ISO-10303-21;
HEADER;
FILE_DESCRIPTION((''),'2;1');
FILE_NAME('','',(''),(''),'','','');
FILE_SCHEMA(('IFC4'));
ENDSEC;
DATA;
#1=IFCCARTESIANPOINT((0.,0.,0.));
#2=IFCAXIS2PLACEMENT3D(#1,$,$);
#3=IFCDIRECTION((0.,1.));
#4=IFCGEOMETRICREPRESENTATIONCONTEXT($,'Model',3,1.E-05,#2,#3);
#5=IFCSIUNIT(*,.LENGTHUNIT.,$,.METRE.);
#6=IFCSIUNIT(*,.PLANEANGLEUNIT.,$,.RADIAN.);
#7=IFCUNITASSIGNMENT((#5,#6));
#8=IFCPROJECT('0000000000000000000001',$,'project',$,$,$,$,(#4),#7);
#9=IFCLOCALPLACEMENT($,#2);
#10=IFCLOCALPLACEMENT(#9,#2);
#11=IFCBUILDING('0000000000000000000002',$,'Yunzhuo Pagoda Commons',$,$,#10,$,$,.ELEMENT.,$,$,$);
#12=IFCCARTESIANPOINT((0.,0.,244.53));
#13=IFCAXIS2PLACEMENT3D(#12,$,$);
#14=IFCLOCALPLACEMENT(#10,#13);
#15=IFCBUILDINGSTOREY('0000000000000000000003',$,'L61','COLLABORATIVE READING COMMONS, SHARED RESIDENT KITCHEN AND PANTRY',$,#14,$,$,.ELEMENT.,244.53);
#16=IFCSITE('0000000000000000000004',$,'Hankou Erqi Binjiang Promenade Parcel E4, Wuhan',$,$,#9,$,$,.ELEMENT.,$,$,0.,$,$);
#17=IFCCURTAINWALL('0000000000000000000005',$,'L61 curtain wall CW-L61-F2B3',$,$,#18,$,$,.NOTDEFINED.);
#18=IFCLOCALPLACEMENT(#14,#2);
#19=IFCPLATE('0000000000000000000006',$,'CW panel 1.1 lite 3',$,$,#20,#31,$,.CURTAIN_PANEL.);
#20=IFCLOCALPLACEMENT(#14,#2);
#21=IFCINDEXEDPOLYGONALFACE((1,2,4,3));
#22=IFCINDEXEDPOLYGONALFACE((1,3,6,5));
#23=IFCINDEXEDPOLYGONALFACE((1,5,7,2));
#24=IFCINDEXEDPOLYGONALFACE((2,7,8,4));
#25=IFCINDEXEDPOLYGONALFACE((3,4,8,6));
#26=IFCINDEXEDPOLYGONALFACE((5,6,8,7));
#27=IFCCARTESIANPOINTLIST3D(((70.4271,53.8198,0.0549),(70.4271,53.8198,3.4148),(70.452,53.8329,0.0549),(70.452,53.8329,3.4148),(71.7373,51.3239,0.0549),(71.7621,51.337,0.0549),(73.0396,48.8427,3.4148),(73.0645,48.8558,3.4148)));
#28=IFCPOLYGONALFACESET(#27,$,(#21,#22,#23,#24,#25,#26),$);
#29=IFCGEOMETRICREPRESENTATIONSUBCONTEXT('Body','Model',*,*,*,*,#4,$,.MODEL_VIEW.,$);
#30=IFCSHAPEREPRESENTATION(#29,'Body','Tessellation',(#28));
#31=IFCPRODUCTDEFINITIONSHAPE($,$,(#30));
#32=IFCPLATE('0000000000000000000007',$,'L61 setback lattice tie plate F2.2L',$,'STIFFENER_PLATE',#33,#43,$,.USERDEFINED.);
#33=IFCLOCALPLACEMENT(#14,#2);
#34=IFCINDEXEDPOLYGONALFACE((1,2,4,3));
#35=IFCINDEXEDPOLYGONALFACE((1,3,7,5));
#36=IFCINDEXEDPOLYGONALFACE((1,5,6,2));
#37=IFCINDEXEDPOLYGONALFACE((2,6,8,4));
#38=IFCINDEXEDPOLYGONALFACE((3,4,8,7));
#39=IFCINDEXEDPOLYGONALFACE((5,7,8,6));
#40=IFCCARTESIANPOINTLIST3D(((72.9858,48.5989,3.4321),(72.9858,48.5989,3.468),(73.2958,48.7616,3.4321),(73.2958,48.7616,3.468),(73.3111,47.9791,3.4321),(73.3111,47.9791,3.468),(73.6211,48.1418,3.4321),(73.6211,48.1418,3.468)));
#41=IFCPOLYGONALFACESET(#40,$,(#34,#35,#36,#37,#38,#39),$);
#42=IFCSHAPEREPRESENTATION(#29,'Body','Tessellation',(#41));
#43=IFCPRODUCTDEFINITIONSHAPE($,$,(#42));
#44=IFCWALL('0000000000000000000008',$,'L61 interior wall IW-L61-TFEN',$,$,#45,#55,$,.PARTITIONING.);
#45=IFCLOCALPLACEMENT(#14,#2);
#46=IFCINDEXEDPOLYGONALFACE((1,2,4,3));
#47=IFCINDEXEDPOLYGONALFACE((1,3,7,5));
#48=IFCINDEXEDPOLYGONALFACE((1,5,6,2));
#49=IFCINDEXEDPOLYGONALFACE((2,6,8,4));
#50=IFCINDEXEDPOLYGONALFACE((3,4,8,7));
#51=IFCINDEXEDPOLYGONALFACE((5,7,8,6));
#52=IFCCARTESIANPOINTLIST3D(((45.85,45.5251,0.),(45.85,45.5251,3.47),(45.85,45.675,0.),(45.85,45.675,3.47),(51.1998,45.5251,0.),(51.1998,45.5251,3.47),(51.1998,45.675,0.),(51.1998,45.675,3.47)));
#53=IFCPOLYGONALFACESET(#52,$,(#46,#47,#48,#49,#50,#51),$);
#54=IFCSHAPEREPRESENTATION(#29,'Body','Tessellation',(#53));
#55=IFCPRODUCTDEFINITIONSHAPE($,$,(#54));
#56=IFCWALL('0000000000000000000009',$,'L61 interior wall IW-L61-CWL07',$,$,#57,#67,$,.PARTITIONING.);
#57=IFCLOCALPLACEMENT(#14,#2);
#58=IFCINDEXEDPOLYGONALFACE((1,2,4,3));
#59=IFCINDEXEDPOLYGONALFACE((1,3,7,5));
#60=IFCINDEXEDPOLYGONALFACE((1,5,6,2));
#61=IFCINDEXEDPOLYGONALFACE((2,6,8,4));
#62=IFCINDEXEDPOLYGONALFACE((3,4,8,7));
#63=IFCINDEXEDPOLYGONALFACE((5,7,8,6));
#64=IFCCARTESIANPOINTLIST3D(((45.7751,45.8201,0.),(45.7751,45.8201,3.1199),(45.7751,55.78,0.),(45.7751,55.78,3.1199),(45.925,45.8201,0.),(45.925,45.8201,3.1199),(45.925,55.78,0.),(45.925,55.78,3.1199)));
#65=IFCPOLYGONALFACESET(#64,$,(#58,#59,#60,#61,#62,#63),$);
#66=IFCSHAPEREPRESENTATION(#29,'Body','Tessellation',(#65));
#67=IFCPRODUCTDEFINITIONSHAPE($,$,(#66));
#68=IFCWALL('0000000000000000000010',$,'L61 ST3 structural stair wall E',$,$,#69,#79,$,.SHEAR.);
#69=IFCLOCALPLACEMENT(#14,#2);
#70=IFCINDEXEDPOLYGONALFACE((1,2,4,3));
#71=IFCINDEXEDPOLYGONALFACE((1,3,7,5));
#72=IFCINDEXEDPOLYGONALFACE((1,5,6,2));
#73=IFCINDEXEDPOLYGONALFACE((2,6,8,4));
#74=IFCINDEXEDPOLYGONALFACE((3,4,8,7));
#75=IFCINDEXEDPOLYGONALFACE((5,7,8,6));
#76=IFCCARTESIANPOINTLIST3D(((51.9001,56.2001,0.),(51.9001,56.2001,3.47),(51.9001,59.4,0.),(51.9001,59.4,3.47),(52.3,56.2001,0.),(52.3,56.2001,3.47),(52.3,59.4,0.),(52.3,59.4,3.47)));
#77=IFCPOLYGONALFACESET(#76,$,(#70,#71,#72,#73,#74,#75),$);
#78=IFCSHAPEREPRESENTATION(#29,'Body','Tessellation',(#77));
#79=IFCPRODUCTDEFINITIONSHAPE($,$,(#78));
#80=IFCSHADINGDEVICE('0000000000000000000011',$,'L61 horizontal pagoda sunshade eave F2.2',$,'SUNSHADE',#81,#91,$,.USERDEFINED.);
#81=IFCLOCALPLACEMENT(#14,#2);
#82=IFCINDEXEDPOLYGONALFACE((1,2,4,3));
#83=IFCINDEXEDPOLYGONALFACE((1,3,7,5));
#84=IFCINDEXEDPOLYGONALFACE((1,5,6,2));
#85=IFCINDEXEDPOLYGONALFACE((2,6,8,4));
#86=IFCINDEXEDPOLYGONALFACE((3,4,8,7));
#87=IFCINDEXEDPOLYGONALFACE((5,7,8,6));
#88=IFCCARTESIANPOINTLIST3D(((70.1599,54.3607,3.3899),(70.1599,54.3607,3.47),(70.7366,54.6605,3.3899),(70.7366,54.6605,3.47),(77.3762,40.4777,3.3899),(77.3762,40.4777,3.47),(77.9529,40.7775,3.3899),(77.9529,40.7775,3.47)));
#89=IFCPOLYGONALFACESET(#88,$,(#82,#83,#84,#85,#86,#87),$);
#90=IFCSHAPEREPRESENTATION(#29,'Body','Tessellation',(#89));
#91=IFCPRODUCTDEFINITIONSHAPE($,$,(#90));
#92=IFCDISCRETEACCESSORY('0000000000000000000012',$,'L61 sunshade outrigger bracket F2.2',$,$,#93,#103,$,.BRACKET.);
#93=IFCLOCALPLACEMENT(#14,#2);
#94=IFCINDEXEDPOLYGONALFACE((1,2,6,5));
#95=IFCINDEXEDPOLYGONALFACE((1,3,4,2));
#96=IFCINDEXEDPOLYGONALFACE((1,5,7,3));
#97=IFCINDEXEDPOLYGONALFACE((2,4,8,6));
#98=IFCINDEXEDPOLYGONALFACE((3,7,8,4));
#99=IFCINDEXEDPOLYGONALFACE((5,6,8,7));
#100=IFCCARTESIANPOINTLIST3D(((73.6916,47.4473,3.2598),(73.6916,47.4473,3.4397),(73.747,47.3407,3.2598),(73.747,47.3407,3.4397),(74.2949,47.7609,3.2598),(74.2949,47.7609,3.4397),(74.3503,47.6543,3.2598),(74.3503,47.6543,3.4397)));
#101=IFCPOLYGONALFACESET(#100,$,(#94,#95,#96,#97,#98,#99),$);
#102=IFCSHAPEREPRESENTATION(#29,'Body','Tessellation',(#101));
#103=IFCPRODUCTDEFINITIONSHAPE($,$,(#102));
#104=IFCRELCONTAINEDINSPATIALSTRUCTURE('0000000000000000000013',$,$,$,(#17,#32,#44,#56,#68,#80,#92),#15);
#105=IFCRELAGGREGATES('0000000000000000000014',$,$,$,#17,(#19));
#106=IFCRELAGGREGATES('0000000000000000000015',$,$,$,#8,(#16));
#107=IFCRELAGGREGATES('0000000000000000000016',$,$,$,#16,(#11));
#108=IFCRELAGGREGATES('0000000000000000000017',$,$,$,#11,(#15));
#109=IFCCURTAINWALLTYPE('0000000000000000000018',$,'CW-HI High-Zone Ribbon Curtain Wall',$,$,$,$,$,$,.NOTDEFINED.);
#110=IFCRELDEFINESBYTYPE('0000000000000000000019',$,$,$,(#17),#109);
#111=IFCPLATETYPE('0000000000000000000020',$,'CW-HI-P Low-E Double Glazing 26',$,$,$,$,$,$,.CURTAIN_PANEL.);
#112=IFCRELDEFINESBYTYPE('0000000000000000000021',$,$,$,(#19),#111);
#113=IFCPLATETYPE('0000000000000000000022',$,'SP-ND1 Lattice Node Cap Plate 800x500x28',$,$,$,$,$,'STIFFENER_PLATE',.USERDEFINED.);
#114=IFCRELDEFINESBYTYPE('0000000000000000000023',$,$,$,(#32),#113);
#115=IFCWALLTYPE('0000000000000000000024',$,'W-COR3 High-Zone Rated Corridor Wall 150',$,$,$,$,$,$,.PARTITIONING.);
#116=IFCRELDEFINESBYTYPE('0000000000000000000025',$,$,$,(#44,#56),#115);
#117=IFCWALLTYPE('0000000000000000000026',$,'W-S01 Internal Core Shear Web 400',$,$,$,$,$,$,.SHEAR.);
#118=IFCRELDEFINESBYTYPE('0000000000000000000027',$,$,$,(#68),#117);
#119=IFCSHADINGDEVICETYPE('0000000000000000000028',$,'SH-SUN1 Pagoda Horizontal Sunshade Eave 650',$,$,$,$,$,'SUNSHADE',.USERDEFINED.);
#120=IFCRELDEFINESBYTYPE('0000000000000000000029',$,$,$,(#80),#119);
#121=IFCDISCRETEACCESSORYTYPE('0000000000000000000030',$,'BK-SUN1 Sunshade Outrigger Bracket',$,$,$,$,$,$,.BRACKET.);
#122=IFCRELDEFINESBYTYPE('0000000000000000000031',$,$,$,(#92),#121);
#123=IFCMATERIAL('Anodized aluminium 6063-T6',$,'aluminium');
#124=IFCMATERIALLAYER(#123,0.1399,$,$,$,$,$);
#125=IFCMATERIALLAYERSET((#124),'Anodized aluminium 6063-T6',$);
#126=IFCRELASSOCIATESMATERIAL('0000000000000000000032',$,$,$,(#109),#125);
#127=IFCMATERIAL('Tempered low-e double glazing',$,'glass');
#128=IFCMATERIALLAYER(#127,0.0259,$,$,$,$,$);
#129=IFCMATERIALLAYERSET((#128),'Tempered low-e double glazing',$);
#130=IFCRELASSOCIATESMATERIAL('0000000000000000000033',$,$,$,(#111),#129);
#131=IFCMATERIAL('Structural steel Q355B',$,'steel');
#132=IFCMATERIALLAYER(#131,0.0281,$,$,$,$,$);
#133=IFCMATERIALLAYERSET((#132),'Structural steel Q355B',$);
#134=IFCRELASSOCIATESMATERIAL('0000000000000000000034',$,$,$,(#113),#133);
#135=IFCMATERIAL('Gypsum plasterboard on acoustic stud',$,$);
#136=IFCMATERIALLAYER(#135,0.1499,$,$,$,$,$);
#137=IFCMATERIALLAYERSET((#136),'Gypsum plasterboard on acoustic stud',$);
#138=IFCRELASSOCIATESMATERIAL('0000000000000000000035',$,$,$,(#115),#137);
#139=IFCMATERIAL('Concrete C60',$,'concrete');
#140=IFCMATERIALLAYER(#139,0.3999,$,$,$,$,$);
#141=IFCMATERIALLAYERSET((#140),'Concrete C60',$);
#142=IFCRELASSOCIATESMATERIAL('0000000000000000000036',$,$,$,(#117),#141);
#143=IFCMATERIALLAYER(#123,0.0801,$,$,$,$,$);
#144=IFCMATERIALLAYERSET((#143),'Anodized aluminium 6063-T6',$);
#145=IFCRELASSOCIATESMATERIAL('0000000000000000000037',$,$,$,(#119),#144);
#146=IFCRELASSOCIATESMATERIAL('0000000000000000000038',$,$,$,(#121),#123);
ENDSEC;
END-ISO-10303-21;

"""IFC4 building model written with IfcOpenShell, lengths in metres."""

from ifc_helpers import new_model, si_unit, direction, frame, frame_2d, origin, origin_2d, place, context, subcontext, project, spatial, polyline, rectangle, outline, extrude, source, transform, mapped, material, layer, layer_set, type_object, element, aggregate, save


model = new_model("IFC4")

# Units and contexts
model_context = context("Model", 3, precision=1e-05, world=origin(), true_north=direction((0.0, 1.0)))
body_context = subcontext(model_context, "Body", "Model", "MODEL_VIEW")
ifc_project = project(units=[si_unit("LENGTHUNIT", "METRE"), si_unit("PLANEANGLEUNIT", "RADIAN")], contexts=[model_context])

# Site, building, storey
site_placement = place(None, origin())
site = spatial("IfcSite", under=ifc_project, at=site_placement, Name="Hankou Erqi Binjiang Promenade Parcel E4, Wuhan", CompositionType="ELEMENT", RefElevation=0.0)
building_placement = place(site_placement, origin())
building = spatial("IfcBuilding", under=site, at=building_placement, Name="Yunzhuo Pagoda Commons", CompositionType="ELEMENT")
storey_placement = place(building_placement, frame((0.0, 0.0, 244.53)))
storey = spatial("IfcBuildingStorey", under=building, at=storey_placement, Name="L61", Description="COLLABORATIVE READING COMMONS, SHARED RESIDENT KITCHEN AND PANTRY", CompositionType="ELEMENT", Elevation=244.53)

# Shared definitions
ifc_material_1 = material(Name="Structural steel Q355B", Category="steel")

# Shared definitions
ifc_material_2 = material(Name="Anodized aluminium 6063-T6", Category="aluminium")
ifc_layer_1 = layer(ifc_material_2, 0.1399)
ifc_layer_set_1 = layer_set([ifc_layer_1], Name="Anodized aluminium 6063-T6")
curtain_wall_type = type_object("IfcCurtainWallType", Name="CW-HI High-Zone Ribbon Curtain Wall", PredefinedType="NOTDEFINED", material=ifc_layer_set_1)

# Curtain wall
curtain_wall_1_placement = place(storey_placement, origin())
curtain_wall_1 = element("IfcCurtainWall", 1, at=curtain_wall_1_placement, inside=storey, type_object=curtain_wall_type, Name="L61 curtain wall CW-L61-F2B3", PredefinedType="NOTDEFINED")

# Plates
ifc_material_3 = material(Name="Tempered low-e double glazing", Category="glass")
ifc_layer_2 = layer(ifc_material_3, 0.0259)
ifc_layer_set_2 = layer_set([ifc_layer_2], Name="Tempered low-e double glazing")
plate_type_1 = type_object("IfcPlateType", Name="CW-HI-P Low-E Double Glazing 26", PredefinedType="CURTAIN_PANEL", material=ifc_layer_set_2)
plate_1_placement = place(storey_placement, frame((71.7334, 51.3313, 1.7349), z_axis=(0.885433, 0.464767, 0.0), x_axis=(-0.464767, 0.885433, 0.0)))
plate_1 = element("IfcPlate", 2, at=plate_1_placement, type_object=plate_type_1, Name="CW panel 1.1 lite 3", PredefinedType="CURTAIN_PANEL", context=body_context, shape_type="SweptSolid", body=[
    extrude(outline(polyline([(-2.8105, 1.6799), (-0.0083, -1.6799), (2.8105, -1.6799), (2.8105, 1.6799), (-2.8105, 1.6799)])), origin(), (0.0, 0.0, 1.0), 0.0281),
])
aggregate(curtain_wall_1, [plate_1])
ifc_layer_3 = layer(ifc_material_1, 0.0281)
ifc_layer_set_3 = layer_set([ifc_layer_3], Name="Structural steel Q355B")
plate_type_2 = type_object("IfcPlateType", Name="SP-ND1 Lattice Node Cap Plate 800x500x28", ElementType="STIFFENER_PLATE", PredefinedType="USERDEFINED", material=ifc_layer_set_3)
shared_shape_1 = source(origin(), body_context, "Body", "SweptSolid", [
    extrude(rectangle(XDim=0.7, YDim=0.3501, at=origin_2d()), origin(), (0.0, 0.0, 1.0), 0.0359),
])
plate_2_placement = place(storey_placement, frame((73.3035, 48.3704, 3.4321), z_axis=(0.0, 0.0, 1.0), x_axis=(-0.464765, 0.885434, 0.0)))
element("IfcPlate", 3, at=plate_2_placement, inside=storey, type_object=plate_type_2, Name="L61 setback lattice tie plate F2.2L", ObjectType="STIFFENER_PLATE", PredefinedType="USERDEFINED", context=body_context, shape_type="MappedRepresentation", body=[
    mapped(shared_shape_1, transform((0.0, 0.0, 0.0), scale=1.0)),
])

# Walls
ifc_material_4 = material(Name="Gypsum plasterboard on acoustic stud")
ifc_layer_4 = layer(ifc_material_4, 0.1499)
ifc_layer_set_4 = layer_set([ifc_layer_4], Name="Gypsum plasterboard on acoustic stud")
wall_type_1 = type_object("IfcWallType", Name="W-COR3 High-Zone Rated Corridor Wall 150", PredefinedType="PARTITIONING", material=ifc_layer_set_4)
wall_1_placement = place(storey_placement, frame((45.8501, 45.6001, 0.0), z_axis=(0.0, 0.0, 1.0), x_axis=(1.0, 0.0, 0.0)))
element("IfcWall", 4, at=wall_1_placement, inside=storey, type_object=wall_type_1, Name="L61 interior wall IW-L61-TFEN", PredefinedType="PARTITIONING", context=body_context, shape_type="SweptSolid", body=[
    extrude(rectangle(XDim=5.3499, YDim=0.1499, at=frame_2d((2.6748, 0.0))), origin(), (0.0, 0.0, 1.0), 3.47),
])
wall_2_placement = place(storey_placement, frame((45.8501, 55.78, 0.0), z_axis=(0.0, 0.0, 1.0), x_axis=(0.0, -1.0, 0.0)))
element("IfcWall", 5, at=wall_2_placement, inside=storey, type_object=wall_type_1, Name="L61 interior wall IW-L61-CWL07", PredefinedType="PARTITIONING", context=body_context, shape_type="SweptSolid", body=[
    extrude(rectangle(XDim=9.96, YDim=0.1499, at=frame_2d((4.98, 0.0))), origin(), (0.0, 0.0, 1.0), 3.1199),
])
ifc_material_5 = material(Name="Concrete C60", Category="concrete")
ifc_layer_5 = layer(ifc_material_5, 0.3999)
ifc_layer_set_5 = layer_set([ifc_layer_5], Name="Concrete C60")
wall_type_2 = type_object("IfcWallType", Name="W-S01 Internal Core Shear Web 400", PredefinedType="SHEAR", material=ifc_layer_set_5)
wall_3_placement = place(storey_placement, frame((52.1001, 56.2, 0.0), z_axis=(0.0, 0.0, 1.0), x_axis=(0.0, 1.0, 0.0)))
element("IfcWall", 6, at=wall_3_placement, inside=storey, type_object=wall_type_2, Name="L61 ST3 structural stair wall E", PredefinedType="SHEAR", context=body_context, shape_type="SweptSolid", body=[
    extrude(rectangle(XDim=3.2, YDim=0.3999, at=frame_2d((1.6001, 0.0))), origin(), (0.0, 0.0, 1.0), 3.47),
])

# Shading device
ifc_layer_6 = layer(ifc_material_2, 0.0801)
ifc_layer_set_6 = layer_set([ifc_layer_6], Name="Anodized aluminium 6063-T6")
shading_device_type = type_object("IfcShadingDeviceType", Name="SH-SUN1 Pagoda Horizontal Sunshade Eave 650", ElementType="SUNSHADE", PredefinedType="USERDEFINED", material=ifc_layer_set_6)
shared_shape_2 = source(origin(), body_context, "Body", "SweptSolid", [
    extrude(rectangle(XDim=15.6465, YDim=0.6499, at=origin_2d()), origin(), (0.0, 0.0, 1.0), 0.0801),
])
shading_device_placement = place(storey_placement, frame((74.0564, 47.5691, 3.3899), z_axis=(0.0, 0.0, 1.0), x_axis=(-0.461207, 0.887293, 0.0)))
element("IfcShadingDevice", 7, at=shading_device_placement, inside=storey, type_object=shading_device_type, Name="L61 horizontal pagoda sunshade eave F2.2", ObjectType="SUNSHADE", PredefinedType="USERDEFINED", context=body_context, shape_type="MappedRepresentation", body=[
    mapped(shared_shape_2, transform((0.0, 0.0, 0.0), scale=1.0)),
])

# Discrete accessory
discrete_accessory_type = type_object("IfcDiscreteAccessoryType", Name="BK-SUN1 Sunshade Outrigger Bracket", PredefinedType="BRACKET", material=ifc_material_2)
shared_shape_3 = source(origin(), body_context, "Body", "SweptSolid", [
    extrude(rectangle(XDim=0.1201, YDim=0.6799, at=origin_2d()), origin(), (0.0, 0.0, 1.0), 0.1799),
])
discrete_accessory_placement = place(storey_placement, frame((74.021, 47.5508, 3.2598), z_axis=(0.0, 0.0, 1.0), x_axis=(-0.461207, 0.887293, 0.0)))
element("IfcDiscreteAccessory", 8, at=discrete_accessory_placement, inside=storey, type_object=discrete_accessory_type, Name="L61 sunshade outrigger bracket F2.2", PredefinedType="BRACKET", context=body_context, shape_type="MappedRepresentation", body=[
    mapped(shared_shape_3, transform((0.0, 0.0, 0.0), scale=1.0)),
])

save(model, "model.ifc")
